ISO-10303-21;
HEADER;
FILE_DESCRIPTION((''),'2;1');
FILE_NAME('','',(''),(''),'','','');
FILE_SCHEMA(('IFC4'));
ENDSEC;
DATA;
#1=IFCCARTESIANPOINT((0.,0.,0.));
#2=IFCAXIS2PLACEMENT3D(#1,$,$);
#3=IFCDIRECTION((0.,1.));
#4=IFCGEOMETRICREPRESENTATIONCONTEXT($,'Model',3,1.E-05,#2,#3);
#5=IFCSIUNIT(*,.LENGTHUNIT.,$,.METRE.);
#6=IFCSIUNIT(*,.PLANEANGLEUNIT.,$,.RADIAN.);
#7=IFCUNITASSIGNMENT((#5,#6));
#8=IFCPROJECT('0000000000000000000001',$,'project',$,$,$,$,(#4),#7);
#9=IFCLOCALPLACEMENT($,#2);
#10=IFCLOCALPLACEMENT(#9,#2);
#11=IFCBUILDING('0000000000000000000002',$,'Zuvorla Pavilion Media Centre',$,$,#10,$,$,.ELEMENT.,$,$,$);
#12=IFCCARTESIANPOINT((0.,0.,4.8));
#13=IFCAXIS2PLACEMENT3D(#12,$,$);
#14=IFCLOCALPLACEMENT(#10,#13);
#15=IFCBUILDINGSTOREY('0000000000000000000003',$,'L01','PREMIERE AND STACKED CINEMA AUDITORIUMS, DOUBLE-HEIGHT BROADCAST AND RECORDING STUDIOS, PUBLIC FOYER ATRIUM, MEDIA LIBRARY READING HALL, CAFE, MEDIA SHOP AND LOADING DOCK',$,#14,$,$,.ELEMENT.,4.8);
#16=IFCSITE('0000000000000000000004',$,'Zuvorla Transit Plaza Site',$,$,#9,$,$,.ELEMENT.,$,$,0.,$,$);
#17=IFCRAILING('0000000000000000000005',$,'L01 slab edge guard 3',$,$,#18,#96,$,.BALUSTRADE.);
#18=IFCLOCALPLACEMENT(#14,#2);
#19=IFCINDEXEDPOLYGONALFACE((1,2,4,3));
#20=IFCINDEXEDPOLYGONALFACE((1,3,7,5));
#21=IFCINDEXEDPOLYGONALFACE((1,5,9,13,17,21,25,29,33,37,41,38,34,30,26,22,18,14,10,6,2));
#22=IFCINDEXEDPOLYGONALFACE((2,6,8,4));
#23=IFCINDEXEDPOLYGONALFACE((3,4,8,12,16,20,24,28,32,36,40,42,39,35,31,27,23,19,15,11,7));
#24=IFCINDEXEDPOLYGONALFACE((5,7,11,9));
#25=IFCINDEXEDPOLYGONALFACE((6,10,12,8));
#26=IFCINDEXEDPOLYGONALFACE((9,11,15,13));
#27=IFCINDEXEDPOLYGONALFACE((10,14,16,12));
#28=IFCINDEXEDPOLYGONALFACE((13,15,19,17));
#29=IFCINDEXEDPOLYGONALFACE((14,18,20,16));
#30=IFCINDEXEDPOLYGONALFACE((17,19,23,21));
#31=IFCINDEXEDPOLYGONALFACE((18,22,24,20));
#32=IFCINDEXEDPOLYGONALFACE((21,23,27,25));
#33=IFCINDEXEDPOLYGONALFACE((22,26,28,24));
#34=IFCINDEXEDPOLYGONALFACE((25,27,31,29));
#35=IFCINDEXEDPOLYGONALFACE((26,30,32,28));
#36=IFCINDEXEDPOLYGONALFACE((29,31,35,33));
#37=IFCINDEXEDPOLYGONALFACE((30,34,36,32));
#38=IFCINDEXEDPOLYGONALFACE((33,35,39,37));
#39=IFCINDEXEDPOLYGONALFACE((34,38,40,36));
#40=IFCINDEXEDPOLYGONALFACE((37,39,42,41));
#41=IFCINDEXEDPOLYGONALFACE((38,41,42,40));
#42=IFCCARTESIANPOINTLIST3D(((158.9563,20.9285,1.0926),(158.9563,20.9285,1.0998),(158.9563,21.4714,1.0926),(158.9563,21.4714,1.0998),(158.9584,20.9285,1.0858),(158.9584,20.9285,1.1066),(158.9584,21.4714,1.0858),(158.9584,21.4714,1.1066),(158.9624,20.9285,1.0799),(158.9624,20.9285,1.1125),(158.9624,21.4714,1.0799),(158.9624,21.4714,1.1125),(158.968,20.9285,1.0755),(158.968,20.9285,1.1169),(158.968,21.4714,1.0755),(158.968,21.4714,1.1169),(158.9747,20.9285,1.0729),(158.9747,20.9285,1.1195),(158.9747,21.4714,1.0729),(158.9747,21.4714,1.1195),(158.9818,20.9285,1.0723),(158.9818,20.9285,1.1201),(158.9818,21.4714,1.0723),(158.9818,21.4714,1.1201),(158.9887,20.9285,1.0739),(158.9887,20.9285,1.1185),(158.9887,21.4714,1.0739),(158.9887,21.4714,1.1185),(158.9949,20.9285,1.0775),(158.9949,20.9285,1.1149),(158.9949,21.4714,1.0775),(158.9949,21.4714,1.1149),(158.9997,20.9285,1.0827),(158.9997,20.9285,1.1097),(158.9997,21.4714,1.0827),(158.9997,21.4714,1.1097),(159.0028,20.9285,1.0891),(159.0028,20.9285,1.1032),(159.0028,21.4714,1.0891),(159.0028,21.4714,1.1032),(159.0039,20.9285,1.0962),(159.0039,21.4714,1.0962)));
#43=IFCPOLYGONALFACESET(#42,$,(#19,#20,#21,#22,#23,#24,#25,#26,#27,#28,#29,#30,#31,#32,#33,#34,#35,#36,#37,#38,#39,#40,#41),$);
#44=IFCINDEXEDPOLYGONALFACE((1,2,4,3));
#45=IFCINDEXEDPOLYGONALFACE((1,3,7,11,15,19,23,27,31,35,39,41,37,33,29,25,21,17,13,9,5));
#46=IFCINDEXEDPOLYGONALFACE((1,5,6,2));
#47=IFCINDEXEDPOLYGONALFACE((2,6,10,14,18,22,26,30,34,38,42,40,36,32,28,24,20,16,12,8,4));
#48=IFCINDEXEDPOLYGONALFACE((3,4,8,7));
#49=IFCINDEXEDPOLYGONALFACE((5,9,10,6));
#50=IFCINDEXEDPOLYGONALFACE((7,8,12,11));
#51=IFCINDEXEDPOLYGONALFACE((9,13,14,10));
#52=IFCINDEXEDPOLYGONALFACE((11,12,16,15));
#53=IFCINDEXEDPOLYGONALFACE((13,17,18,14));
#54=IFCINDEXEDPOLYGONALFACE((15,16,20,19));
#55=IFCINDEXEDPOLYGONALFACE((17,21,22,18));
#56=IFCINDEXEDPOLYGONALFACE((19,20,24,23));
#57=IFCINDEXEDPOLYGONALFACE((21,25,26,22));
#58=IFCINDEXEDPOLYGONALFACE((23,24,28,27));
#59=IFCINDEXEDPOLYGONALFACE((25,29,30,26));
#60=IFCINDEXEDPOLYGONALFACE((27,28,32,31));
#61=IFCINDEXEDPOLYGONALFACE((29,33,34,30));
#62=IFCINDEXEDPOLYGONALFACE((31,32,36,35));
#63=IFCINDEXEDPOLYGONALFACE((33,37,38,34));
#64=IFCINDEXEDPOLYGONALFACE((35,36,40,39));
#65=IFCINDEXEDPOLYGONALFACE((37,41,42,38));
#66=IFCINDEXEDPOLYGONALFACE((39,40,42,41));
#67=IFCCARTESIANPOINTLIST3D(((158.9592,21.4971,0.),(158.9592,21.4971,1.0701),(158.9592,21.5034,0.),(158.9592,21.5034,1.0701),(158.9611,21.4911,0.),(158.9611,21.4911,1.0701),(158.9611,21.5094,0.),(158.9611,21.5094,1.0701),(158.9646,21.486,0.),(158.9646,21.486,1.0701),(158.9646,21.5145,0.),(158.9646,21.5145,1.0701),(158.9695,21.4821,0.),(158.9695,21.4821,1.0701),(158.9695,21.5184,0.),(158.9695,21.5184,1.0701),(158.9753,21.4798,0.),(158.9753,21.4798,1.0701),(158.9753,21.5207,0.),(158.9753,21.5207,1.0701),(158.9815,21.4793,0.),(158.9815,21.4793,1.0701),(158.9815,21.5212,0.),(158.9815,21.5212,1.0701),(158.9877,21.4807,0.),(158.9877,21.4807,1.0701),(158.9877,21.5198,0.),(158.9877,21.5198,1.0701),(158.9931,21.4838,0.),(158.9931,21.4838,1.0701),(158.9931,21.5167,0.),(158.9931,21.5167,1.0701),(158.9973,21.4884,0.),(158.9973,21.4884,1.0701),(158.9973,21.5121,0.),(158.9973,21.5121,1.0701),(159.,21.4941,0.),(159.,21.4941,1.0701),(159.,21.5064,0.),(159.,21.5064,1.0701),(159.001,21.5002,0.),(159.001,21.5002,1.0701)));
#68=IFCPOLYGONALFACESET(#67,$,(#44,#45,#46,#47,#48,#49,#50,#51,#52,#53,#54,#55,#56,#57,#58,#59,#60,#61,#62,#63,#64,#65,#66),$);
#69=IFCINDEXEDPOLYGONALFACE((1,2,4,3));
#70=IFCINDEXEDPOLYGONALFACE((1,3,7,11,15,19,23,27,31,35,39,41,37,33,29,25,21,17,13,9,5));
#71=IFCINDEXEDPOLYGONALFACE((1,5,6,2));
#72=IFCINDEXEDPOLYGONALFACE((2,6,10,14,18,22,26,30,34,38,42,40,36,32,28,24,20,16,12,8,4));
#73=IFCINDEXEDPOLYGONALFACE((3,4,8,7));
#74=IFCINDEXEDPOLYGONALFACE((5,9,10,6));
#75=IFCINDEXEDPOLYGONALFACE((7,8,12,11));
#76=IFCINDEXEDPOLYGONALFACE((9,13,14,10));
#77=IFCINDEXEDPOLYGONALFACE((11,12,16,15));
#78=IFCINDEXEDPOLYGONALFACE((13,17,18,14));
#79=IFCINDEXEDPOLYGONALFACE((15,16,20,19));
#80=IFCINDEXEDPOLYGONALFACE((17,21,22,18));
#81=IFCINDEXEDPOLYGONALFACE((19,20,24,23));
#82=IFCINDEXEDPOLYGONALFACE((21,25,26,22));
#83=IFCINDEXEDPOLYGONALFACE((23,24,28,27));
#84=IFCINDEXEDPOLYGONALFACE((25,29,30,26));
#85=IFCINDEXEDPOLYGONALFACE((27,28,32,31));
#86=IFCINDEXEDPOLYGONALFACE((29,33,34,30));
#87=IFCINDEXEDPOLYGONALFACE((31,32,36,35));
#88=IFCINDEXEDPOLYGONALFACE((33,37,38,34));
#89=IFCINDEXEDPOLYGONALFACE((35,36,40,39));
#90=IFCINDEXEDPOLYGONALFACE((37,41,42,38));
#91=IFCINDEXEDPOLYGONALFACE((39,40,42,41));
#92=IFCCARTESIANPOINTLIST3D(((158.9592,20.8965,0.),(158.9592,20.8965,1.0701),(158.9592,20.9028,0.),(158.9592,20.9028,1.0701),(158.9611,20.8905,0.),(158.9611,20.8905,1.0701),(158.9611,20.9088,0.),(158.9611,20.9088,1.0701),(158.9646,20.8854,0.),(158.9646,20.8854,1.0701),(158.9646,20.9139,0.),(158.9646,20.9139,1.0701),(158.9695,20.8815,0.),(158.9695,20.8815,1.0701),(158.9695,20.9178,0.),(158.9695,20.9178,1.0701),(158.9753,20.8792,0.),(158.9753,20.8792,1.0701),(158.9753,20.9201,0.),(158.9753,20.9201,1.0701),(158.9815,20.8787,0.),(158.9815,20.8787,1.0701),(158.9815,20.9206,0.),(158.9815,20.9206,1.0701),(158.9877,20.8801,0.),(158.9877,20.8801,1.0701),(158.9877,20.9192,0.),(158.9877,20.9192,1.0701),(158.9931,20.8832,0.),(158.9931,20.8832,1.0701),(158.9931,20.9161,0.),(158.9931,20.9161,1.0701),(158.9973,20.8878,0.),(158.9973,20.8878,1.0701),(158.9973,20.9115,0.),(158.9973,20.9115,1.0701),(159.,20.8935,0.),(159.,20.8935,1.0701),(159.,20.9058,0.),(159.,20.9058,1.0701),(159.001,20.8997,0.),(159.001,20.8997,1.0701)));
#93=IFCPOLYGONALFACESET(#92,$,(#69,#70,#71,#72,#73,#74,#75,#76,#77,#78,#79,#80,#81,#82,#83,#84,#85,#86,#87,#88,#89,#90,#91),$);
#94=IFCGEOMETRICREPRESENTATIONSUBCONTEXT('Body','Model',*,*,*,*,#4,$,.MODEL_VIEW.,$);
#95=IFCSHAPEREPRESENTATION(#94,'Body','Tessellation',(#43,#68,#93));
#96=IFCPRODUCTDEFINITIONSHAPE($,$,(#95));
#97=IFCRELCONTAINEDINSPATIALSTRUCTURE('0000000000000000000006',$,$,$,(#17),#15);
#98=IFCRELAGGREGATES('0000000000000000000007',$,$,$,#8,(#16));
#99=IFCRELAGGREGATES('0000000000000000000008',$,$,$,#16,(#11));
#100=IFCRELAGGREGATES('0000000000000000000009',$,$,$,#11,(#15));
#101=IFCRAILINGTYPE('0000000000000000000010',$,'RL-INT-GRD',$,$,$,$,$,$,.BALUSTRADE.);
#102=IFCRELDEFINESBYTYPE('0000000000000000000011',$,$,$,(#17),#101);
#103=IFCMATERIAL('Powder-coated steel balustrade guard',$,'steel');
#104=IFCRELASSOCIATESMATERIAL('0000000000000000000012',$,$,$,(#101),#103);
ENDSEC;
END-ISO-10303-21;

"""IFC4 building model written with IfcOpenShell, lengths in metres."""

from ifc_helpers import new_model, si_unit, direction, frame, origin, origin_2d, place, context, subcontext, project, spatial, circle, extrude, material, type_object, element, save


model = new_model("IFC4")

# Units and contexts
model_context = context("Model", 3, precision=1e-05, world=origin(), true_north=direction((0.0, 1.0)))
body_context = subcontext(model_context, "Body", "Model", "MODEL_VIEW")
ifc_project = project(units=[si_unit("LENGTHUNIT", "METRE"), si_unit("PLANEANGLEUNIT", "RADIAN")], contexts=[model_context])

# Site, building, storey
site_placement = place(None, origin())
site = spatial("IfcSite", under=ifc_project, at=site_placement, Name="Zuvorla Transit Plaza Site", CompositionType="ELEMENT", RefElevation=0.0)
building_placement = place(site_placement, origin())
building = spatial("IfcBuilding", under=site, at=building_placement, Name="Zuvorla Pavilion Media Centre", CompositionType="ELEMENT")
storey_placement = place(building_placement, frame((0.0, 0.0, 4.8)))
storey = spatial("IfcBuildingStorey", under=building, at=storey_placement, Name="L01", Description="PREMIERE AND STACKED CINEMA AUDITORIUMS, DOUBLE-HEIGHT BROADCAST AND RECORDING STUDIOS, PUBLIC FOYER ATRIUM, MEDIA LIBRARY READING HALL, CAFE, MEDIA SHOP AND LOADING DOCK", CompositionType="ELEMENT", Elevation=4.8)

# Railing
ifc_material_1 = material(Name="Powder-coated steel balustrade guard", Category="steel")
railing_type = type_object("IfcRailingType", Name="RL-INT-GRD", PredefinedType="BALUSTRADE", material=ifc_material_1)
railing_placement = place(storey_placement, frame((158.98, 21.5002, 0.0)))
element("IfcRailing", 1, at=railing_placement, inside=storey, type_object=railing_type, Name="L01 slab edge guard 3", PredefinedType="BALUSTRADE", context=body_context, shape_type="SweptSolid", body=[
    extrude(circle(Radius=0.0239, at=origin_2d()), frame((0.0, -0.0288, 1.0962), z_axis=(0.0, -1.0, 0.0), x_axis=(1.0, 0.0, 0.0)), (0.0, 0.0, 1.0), 0.543),
    extrude(circle(Radius=0.021, at=origin_2d()), origin(), (0.0, 0.0, 1.0), 1.0701),
    extrude(circle(Radius=0.021, at=origin_2d()), frame((0.0, -0.6006, 0.0)), (0.0, 0.0, 1.0), 1.0701),
])

save(model, "model.ifc")
